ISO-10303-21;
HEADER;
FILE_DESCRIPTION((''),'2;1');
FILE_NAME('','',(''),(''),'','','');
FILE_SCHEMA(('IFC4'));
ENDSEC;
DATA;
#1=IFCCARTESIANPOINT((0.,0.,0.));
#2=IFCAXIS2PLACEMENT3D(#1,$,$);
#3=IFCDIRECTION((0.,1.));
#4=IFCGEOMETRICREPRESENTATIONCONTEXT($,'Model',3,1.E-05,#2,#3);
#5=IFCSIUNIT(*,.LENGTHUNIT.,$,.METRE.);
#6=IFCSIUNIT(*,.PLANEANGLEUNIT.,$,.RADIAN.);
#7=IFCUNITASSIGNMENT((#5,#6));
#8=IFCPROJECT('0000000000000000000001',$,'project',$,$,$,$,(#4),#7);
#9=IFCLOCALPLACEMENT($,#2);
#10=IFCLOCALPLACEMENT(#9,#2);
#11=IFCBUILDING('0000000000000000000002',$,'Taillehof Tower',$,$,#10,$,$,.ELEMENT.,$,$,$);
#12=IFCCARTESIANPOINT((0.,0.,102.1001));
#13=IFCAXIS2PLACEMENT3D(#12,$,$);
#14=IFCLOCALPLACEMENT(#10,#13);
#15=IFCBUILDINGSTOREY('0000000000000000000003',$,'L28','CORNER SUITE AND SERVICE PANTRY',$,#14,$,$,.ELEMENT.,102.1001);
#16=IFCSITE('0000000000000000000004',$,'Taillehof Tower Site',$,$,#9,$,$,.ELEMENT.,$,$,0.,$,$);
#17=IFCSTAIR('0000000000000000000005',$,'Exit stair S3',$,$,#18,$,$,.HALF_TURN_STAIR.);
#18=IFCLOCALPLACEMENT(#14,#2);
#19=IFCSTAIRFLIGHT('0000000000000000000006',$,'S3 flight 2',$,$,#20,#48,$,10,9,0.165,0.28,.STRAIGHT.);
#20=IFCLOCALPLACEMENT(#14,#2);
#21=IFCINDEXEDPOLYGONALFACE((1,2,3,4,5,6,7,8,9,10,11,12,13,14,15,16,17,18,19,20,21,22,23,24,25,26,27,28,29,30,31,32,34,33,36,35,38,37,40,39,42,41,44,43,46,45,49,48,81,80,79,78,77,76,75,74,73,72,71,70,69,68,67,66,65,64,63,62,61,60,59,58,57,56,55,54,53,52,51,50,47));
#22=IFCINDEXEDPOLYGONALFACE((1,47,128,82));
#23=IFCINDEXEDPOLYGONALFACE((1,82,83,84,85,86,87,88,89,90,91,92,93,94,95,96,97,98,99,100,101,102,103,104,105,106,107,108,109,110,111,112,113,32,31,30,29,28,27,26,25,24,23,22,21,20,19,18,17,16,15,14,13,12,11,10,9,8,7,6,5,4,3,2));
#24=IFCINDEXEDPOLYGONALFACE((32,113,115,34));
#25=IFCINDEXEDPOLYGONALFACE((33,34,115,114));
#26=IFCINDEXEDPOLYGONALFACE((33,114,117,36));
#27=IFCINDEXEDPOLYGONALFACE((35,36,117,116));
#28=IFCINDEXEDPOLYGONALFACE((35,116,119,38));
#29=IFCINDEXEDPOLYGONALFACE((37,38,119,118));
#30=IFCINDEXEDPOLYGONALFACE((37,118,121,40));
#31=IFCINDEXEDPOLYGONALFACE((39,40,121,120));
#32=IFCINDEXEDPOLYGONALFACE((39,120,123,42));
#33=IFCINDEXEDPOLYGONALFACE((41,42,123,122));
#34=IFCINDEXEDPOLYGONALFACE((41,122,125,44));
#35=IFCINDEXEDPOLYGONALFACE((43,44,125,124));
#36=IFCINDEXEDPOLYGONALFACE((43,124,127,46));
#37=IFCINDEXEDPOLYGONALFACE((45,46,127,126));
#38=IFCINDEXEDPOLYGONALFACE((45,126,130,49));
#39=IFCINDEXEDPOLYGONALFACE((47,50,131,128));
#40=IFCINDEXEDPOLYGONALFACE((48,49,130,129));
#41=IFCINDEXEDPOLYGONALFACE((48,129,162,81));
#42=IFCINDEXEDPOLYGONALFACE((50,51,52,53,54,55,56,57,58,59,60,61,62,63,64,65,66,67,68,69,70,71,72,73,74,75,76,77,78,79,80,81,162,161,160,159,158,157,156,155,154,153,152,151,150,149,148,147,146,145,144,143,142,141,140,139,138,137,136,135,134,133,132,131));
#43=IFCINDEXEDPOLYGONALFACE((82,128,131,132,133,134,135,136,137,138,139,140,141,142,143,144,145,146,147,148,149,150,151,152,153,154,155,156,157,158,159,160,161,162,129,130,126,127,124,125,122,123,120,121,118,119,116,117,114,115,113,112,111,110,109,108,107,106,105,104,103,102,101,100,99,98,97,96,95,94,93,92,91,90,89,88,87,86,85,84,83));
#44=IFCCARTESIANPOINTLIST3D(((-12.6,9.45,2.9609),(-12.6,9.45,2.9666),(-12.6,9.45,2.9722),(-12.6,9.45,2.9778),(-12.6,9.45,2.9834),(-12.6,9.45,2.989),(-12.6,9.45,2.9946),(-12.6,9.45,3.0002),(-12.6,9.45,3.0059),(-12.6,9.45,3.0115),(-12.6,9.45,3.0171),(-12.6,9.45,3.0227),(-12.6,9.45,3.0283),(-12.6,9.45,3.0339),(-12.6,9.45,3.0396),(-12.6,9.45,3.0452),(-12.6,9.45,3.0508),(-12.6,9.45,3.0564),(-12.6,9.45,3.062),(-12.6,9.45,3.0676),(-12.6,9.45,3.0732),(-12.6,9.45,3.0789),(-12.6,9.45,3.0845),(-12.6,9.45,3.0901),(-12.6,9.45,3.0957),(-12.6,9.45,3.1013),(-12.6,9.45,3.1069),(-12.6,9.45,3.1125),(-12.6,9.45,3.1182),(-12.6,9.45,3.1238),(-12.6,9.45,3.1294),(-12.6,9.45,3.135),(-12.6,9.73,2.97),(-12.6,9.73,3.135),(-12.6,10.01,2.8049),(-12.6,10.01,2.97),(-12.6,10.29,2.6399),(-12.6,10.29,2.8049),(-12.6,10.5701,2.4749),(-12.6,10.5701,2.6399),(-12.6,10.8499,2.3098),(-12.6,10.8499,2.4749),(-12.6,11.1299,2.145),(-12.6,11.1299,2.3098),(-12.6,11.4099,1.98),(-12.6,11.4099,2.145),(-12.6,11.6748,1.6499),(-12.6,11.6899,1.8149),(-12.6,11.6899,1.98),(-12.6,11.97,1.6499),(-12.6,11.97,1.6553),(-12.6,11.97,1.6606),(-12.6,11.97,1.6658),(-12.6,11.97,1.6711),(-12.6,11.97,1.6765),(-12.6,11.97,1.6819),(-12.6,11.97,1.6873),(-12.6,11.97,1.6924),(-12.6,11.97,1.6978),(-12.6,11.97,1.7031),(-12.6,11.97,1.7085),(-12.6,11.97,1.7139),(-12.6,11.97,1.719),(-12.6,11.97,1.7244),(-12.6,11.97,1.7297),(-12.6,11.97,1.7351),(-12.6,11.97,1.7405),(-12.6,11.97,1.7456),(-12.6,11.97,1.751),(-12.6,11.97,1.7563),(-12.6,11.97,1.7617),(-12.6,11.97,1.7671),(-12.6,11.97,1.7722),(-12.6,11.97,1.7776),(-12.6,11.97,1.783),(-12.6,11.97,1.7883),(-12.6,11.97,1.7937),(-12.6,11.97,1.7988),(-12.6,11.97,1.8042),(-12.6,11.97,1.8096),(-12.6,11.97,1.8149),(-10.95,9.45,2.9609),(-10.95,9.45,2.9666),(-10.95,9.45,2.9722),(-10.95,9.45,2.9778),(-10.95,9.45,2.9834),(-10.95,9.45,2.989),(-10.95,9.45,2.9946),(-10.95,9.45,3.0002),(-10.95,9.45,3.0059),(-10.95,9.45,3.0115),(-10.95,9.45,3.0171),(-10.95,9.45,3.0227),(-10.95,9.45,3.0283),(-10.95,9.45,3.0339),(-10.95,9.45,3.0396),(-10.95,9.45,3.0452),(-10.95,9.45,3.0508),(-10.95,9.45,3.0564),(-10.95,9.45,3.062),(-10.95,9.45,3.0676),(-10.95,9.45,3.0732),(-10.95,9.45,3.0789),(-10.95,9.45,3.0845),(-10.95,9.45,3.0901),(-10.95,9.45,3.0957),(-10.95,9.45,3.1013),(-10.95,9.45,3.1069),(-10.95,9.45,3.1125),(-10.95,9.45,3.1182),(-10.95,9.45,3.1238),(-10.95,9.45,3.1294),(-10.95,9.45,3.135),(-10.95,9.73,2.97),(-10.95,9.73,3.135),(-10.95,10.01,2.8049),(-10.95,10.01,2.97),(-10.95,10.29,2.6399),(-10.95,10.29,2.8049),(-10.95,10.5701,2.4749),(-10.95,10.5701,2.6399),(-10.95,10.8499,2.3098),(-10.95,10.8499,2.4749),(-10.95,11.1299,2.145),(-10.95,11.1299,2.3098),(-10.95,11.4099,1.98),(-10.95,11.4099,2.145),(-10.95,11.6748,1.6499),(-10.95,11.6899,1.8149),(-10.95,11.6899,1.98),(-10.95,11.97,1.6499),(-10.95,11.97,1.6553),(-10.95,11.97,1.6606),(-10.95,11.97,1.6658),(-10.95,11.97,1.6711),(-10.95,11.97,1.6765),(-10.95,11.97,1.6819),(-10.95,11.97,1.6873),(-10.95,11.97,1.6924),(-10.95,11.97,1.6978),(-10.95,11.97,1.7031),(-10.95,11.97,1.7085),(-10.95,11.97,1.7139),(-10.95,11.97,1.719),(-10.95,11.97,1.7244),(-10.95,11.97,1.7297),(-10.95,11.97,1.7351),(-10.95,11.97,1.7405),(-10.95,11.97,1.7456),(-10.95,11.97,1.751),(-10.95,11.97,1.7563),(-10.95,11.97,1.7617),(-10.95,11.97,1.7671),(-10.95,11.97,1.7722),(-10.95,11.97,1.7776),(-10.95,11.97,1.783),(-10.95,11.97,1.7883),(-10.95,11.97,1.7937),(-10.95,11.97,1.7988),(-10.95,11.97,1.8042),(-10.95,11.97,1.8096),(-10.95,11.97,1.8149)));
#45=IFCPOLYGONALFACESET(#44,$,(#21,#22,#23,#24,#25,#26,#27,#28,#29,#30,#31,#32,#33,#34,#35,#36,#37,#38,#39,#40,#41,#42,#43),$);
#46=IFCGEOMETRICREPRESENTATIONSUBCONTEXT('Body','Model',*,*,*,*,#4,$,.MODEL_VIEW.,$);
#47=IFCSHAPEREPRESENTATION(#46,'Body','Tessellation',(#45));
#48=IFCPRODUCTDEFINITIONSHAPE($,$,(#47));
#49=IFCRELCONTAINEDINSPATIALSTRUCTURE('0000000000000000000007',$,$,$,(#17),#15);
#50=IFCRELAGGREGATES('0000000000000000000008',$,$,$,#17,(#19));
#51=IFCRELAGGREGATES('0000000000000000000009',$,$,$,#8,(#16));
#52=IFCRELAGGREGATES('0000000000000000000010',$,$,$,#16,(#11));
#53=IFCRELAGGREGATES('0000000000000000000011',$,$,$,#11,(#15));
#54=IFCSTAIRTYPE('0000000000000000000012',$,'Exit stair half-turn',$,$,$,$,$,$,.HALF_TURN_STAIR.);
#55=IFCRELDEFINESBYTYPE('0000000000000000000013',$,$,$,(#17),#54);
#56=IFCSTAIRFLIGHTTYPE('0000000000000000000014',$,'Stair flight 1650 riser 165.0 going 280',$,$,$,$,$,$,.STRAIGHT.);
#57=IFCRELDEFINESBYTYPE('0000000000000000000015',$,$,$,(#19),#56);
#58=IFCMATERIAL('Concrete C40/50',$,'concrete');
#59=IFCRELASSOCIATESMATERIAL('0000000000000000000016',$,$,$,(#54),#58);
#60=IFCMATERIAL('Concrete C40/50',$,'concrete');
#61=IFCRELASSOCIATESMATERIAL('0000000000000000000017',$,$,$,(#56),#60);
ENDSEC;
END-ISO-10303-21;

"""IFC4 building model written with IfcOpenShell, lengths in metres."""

from ifc_helpers import new_model, si_unit, direction, frame, origin, place, context, subcontext, project, spatial, polyline, outline, extrude, material, type_object, element, aggregate, save


model = new_model("IFC4")

# Units and contexts
model_context = context("Model", 3, precision=1e-05, world=origin(), true_north=direction((0.0, 1.0)))
body_context = subcontext(model_context, "Body", "Model", "MODEL_VIEW")
ifc_project = project(units=[si_unit("LENGTHUNIT", "METRE"), si_unit("PLANEANGLEUNIT", "RADIAN")], contexts=[model_context])

# Site, building, storey
site_placement = place(None, origin())
site = spatial("IfcSite", under=ifc_project, at=site_placement, Name="Taillehof Tower Site", CompositionType="ELEMENT", RefElevation=0.0)
building_placement = place(site_placement, origin())
building = spatial("IfcBuilding", under=site, at=building_placement, Name="Taillehof Tower", CompositionType="ELEMENT")
storey_placement = place(building_placement, frame((0.0, 0.0, 102.1001)))
storey = spatial("IfcBuildingStorey", under=building, at=storey_placement, Name="L28", Description="CORNER SUITE AND SERVICE PANTRY", CompositionType="ELEMENT", Elevation=102.1001)

# Stair, stair flight
ifc_material_1 = material(Name="Concrete C40/50", Category="concrete")
stair_type = type_object("IfcStairType", Name="Exit stair half-turn", PredefinedType="HALF_TURN_STAIR", material=ifc_material_1)
stair_placement = place(storey_placement, origin())
stair = element("IfcStair", 1, at=stair_placement, inside=storey, type_object=stair_type, Name="Exit stair S3", PredefinedType="HALF_TURN_STAIR")
ifc_material_2 = material(Name="Concrete C40/50", Category="concrete")
stair_flight_type = type_object("IfcStairFlightType", Name="Stair flight 1650 riser 165.0 going 280", PredefinedType="STRAIGHT", material=ifc_material_2)
stair_flight_1_placement = place(storey_placement, frame((-11.7749, 11.97, 1.6499), z_axis=(0.0, 0.0, 1.0), x_axis=(0.0, -1.0, 0.0)))
stair_flight_1 = element("IfcStairFlight", 2, at=stair_flight_1_placement, type_object=stair_flight_type, Name="S3 flight 2", NumberOfRisers=10, NumberOfTreads=9, PredefinedType="STRAIGHT", RiserHeight=0.165, TreadLength=0.28, context=body_context, shape_type="SweptSolid", body=[
    extrude(outline(polyline([(0.0, 0.0), (0.0, 0.0054), (0.0, 0.0107), (0.0, 0.0159), (0.0, 0.0212), (0.0, 0.0266), (0.0, 0.032), (0.0, 0.0374), (0.0, 0.0425), (0.0, 0.0479), (0.0, 0.0532), (0.0, 0.0586), (0.0, 0.064), (0.0, 0.0691), (0.0, 0.0745), (0.0, 0.0798), (0.0, 0.0852), (0.0, 0.0906), (0.0, 0.0957), (0.0, 0.1011), (0.0, 0.1064), (0.0, 0.1118), (0.0, 0.1172), (0.0, 0.1223), (0.0, 0.1277), (0.0, 0.1331), (0.0, 0.1384), (0.0, 0.1438), (0.0, 0.1489), (0.0, 0.1543), (0.0, 0.1597), (0.0, 0.165), (0.28, 0.165), (0.28, 0.3301), (0.5601, 0.3301), (0.5601, 0.4951), (0.8401, 0.4951), (0.8401, 0.6599), (1.1201, 0.6599), (1.1201, 0.825), (1.3999, 0.825), (1.3999, 0.99), (1.6799, 0.99), (1.6799, 1.155), (1.96, 1.155), (1.96, 1.3201), (2.24, 1.3201), (2.24, 1.4851), (2.52, 1.4851), (2.52, 1.4795), (2.52, 1.4739), (2.52, 1.4683), (2.52, 1.4626), (2.52, 1.457), (2.52, 1.4514), (2.52, 1.4458), (2.52, 1.4402), (2.52, 1.4346), (2.52, 1.429), (2.52, 1.4233), (2.52, 1.4177), (2.52, 1.4121), (2.52, 1.4065), (2.52, 1.4009), (2.52, 1.3953), (2.52, 1.3896), (2.52, 1.384), (2.52, 1.3784), (2.52, 1.3728), (2.52, 1.3672), (2.52, 1.3616), (2.52, 1.356), (2.52, 1.3503), (2.52, 1.3447), (2.52, 1.3391), (2.52, 1.3335), (2.52, 1.3279), (2.52, 1.3223), (2.52, 1.3167), (2.52, 1.311), (0.2952, 0.0), (0.0, 0.0)])), frame((0.0, 0.825, 0.0), z_axis=(0.0, -1.0, 0.0), x_axis=(1.0, 0.0, 0.0)), (0.0, 0.0, 1.0), 1.65),
])
aggregate(stair, [stair_flight_1])

save(model, "model.ifc")
